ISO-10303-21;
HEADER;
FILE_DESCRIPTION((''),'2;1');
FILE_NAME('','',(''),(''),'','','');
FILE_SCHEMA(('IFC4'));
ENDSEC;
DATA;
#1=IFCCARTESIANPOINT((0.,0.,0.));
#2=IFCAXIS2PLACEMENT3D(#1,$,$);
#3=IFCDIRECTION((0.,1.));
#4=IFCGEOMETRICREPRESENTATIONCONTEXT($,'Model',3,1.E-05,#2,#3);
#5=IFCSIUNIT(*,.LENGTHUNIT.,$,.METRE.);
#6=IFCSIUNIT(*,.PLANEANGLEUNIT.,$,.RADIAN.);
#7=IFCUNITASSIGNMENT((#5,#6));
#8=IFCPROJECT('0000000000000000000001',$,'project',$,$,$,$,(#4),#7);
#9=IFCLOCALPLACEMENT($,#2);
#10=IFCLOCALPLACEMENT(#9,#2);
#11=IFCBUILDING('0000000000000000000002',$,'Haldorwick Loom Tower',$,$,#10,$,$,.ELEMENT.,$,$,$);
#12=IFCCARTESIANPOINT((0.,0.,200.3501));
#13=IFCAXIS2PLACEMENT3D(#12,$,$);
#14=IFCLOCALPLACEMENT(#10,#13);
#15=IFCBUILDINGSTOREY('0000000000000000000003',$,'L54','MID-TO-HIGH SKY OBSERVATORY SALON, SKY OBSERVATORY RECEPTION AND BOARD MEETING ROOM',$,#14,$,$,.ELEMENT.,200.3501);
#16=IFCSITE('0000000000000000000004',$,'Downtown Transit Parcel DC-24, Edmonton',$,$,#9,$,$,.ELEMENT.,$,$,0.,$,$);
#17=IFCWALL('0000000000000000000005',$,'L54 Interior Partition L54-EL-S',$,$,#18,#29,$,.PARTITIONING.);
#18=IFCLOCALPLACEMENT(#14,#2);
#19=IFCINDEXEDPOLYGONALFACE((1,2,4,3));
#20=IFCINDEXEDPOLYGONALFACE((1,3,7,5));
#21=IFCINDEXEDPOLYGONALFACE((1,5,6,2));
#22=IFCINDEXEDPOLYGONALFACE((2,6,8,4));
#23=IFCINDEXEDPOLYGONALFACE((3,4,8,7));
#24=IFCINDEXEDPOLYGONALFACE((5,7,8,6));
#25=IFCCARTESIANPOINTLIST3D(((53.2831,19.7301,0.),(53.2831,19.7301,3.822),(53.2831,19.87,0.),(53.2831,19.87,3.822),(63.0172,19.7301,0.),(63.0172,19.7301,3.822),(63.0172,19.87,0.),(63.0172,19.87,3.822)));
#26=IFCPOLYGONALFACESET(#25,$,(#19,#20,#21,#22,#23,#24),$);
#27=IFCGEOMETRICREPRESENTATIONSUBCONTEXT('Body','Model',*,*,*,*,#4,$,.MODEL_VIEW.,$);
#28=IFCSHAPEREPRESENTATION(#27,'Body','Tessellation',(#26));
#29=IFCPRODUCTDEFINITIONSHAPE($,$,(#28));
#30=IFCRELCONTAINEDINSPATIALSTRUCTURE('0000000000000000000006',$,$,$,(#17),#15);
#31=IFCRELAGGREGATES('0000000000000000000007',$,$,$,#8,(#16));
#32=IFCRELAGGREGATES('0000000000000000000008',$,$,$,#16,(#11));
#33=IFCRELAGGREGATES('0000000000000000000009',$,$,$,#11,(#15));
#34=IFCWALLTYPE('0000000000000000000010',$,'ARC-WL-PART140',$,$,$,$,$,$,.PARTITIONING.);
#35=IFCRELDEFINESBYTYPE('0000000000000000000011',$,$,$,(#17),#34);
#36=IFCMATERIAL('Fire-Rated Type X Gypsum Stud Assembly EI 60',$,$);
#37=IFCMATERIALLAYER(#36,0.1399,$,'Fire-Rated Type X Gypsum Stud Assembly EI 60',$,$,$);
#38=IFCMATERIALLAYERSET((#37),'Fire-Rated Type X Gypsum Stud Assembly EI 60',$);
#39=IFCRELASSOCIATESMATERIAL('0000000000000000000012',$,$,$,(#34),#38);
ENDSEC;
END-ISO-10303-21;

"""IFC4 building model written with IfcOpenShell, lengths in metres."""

from ifc_helpers import new_model, si_unit, direction, frame, frame_2d, origin, place, context, subcontext, project, spatial, rectangle, extrude, material, layer, layer_set, type_object, element, save


model = new_model("IFC4")

# Units and contexts
model_context = context("Model", 3, precision=1e-05, world=origin(), true_north=direction((0.0, 1.0)))
body_context = subcontext(model_context, "Body", "Model", "MODEL_VIEW")
ifc_project = project(units=[si_unit("LENGTHUNIT", "METRE"), si_unit("PLANEANGLEUNIT", "RADIAN")], contexts=[model_context])

# Site, building, storey
site_placement = place(None, origin())
site = spatial("IfcSite", under=ifc_project, at=site_placement, Name="Downtown Transit Parcel DC-24, Edmonton", CompositionType="ELEMENT", RefElevation=0.0)
building_placement = place(site_placement, origin())
building = spatial("IfcBuilding", under=site, at=building_placement, Name="Haldorwick Loom Tower", CompositionType="ELEMENT")
storey_placement = place(building_placement, frame((0.0, 0.0, 200.3501)))
storey = spatial("IfcBuildingStorey", under=building, at=storey_placement, Name="L54", Description="MID-TO-HIGH SKY OBSERVATORY SALON, SKY OBSERVATORY RECEPTION AND BOARD MEETING ROOM", CompositionType="ELEMENT", Elevation=200.3501)

# Shared definitions
ifc_material_1 = material(Name="Fire-Rated Type X Gypsum Stud Assembly EI 60")

# Wall
ifc_layer_1 = layer(ifc_material_1, 0.1399, Name="Fire-Rated Type X Gypsum Stud Assembly EI 60")
ifc_layer_set_1 = layer_set([ifc_layer_1], Name="Fire-Rated Type X Gypsum Stud Assembly EI 60")
wall_type_1 = type_object("IfcWallType", Name="ARC-WL-PART140", PredefinedType="PARTITIONING", material=ifc_layer_set_1)
wall_1_placement = place(storey_placement, frame((53.283, 19.8, 0.0), z_axis=(0.0, 0.0, 1.0), x_axis=(1.0, 0.0, 0.0)))
element("IfcWall", 1, at=wall_1_placement, inside=storey, type_object=wall_type_1, Name="L54 Interior Partition L54-EL-S", PredefinedType="PARTITIONING", context=body_context, shape_type="SweptSolid", body=[
    extrude(rectangle(XDim=9.7341, YDim=0.1399, at=frame_2d((4.8672, 0.0))), origin(), (0.0, 0.0, 1.0), 3.822),
])

save(model, "model.ifc")
